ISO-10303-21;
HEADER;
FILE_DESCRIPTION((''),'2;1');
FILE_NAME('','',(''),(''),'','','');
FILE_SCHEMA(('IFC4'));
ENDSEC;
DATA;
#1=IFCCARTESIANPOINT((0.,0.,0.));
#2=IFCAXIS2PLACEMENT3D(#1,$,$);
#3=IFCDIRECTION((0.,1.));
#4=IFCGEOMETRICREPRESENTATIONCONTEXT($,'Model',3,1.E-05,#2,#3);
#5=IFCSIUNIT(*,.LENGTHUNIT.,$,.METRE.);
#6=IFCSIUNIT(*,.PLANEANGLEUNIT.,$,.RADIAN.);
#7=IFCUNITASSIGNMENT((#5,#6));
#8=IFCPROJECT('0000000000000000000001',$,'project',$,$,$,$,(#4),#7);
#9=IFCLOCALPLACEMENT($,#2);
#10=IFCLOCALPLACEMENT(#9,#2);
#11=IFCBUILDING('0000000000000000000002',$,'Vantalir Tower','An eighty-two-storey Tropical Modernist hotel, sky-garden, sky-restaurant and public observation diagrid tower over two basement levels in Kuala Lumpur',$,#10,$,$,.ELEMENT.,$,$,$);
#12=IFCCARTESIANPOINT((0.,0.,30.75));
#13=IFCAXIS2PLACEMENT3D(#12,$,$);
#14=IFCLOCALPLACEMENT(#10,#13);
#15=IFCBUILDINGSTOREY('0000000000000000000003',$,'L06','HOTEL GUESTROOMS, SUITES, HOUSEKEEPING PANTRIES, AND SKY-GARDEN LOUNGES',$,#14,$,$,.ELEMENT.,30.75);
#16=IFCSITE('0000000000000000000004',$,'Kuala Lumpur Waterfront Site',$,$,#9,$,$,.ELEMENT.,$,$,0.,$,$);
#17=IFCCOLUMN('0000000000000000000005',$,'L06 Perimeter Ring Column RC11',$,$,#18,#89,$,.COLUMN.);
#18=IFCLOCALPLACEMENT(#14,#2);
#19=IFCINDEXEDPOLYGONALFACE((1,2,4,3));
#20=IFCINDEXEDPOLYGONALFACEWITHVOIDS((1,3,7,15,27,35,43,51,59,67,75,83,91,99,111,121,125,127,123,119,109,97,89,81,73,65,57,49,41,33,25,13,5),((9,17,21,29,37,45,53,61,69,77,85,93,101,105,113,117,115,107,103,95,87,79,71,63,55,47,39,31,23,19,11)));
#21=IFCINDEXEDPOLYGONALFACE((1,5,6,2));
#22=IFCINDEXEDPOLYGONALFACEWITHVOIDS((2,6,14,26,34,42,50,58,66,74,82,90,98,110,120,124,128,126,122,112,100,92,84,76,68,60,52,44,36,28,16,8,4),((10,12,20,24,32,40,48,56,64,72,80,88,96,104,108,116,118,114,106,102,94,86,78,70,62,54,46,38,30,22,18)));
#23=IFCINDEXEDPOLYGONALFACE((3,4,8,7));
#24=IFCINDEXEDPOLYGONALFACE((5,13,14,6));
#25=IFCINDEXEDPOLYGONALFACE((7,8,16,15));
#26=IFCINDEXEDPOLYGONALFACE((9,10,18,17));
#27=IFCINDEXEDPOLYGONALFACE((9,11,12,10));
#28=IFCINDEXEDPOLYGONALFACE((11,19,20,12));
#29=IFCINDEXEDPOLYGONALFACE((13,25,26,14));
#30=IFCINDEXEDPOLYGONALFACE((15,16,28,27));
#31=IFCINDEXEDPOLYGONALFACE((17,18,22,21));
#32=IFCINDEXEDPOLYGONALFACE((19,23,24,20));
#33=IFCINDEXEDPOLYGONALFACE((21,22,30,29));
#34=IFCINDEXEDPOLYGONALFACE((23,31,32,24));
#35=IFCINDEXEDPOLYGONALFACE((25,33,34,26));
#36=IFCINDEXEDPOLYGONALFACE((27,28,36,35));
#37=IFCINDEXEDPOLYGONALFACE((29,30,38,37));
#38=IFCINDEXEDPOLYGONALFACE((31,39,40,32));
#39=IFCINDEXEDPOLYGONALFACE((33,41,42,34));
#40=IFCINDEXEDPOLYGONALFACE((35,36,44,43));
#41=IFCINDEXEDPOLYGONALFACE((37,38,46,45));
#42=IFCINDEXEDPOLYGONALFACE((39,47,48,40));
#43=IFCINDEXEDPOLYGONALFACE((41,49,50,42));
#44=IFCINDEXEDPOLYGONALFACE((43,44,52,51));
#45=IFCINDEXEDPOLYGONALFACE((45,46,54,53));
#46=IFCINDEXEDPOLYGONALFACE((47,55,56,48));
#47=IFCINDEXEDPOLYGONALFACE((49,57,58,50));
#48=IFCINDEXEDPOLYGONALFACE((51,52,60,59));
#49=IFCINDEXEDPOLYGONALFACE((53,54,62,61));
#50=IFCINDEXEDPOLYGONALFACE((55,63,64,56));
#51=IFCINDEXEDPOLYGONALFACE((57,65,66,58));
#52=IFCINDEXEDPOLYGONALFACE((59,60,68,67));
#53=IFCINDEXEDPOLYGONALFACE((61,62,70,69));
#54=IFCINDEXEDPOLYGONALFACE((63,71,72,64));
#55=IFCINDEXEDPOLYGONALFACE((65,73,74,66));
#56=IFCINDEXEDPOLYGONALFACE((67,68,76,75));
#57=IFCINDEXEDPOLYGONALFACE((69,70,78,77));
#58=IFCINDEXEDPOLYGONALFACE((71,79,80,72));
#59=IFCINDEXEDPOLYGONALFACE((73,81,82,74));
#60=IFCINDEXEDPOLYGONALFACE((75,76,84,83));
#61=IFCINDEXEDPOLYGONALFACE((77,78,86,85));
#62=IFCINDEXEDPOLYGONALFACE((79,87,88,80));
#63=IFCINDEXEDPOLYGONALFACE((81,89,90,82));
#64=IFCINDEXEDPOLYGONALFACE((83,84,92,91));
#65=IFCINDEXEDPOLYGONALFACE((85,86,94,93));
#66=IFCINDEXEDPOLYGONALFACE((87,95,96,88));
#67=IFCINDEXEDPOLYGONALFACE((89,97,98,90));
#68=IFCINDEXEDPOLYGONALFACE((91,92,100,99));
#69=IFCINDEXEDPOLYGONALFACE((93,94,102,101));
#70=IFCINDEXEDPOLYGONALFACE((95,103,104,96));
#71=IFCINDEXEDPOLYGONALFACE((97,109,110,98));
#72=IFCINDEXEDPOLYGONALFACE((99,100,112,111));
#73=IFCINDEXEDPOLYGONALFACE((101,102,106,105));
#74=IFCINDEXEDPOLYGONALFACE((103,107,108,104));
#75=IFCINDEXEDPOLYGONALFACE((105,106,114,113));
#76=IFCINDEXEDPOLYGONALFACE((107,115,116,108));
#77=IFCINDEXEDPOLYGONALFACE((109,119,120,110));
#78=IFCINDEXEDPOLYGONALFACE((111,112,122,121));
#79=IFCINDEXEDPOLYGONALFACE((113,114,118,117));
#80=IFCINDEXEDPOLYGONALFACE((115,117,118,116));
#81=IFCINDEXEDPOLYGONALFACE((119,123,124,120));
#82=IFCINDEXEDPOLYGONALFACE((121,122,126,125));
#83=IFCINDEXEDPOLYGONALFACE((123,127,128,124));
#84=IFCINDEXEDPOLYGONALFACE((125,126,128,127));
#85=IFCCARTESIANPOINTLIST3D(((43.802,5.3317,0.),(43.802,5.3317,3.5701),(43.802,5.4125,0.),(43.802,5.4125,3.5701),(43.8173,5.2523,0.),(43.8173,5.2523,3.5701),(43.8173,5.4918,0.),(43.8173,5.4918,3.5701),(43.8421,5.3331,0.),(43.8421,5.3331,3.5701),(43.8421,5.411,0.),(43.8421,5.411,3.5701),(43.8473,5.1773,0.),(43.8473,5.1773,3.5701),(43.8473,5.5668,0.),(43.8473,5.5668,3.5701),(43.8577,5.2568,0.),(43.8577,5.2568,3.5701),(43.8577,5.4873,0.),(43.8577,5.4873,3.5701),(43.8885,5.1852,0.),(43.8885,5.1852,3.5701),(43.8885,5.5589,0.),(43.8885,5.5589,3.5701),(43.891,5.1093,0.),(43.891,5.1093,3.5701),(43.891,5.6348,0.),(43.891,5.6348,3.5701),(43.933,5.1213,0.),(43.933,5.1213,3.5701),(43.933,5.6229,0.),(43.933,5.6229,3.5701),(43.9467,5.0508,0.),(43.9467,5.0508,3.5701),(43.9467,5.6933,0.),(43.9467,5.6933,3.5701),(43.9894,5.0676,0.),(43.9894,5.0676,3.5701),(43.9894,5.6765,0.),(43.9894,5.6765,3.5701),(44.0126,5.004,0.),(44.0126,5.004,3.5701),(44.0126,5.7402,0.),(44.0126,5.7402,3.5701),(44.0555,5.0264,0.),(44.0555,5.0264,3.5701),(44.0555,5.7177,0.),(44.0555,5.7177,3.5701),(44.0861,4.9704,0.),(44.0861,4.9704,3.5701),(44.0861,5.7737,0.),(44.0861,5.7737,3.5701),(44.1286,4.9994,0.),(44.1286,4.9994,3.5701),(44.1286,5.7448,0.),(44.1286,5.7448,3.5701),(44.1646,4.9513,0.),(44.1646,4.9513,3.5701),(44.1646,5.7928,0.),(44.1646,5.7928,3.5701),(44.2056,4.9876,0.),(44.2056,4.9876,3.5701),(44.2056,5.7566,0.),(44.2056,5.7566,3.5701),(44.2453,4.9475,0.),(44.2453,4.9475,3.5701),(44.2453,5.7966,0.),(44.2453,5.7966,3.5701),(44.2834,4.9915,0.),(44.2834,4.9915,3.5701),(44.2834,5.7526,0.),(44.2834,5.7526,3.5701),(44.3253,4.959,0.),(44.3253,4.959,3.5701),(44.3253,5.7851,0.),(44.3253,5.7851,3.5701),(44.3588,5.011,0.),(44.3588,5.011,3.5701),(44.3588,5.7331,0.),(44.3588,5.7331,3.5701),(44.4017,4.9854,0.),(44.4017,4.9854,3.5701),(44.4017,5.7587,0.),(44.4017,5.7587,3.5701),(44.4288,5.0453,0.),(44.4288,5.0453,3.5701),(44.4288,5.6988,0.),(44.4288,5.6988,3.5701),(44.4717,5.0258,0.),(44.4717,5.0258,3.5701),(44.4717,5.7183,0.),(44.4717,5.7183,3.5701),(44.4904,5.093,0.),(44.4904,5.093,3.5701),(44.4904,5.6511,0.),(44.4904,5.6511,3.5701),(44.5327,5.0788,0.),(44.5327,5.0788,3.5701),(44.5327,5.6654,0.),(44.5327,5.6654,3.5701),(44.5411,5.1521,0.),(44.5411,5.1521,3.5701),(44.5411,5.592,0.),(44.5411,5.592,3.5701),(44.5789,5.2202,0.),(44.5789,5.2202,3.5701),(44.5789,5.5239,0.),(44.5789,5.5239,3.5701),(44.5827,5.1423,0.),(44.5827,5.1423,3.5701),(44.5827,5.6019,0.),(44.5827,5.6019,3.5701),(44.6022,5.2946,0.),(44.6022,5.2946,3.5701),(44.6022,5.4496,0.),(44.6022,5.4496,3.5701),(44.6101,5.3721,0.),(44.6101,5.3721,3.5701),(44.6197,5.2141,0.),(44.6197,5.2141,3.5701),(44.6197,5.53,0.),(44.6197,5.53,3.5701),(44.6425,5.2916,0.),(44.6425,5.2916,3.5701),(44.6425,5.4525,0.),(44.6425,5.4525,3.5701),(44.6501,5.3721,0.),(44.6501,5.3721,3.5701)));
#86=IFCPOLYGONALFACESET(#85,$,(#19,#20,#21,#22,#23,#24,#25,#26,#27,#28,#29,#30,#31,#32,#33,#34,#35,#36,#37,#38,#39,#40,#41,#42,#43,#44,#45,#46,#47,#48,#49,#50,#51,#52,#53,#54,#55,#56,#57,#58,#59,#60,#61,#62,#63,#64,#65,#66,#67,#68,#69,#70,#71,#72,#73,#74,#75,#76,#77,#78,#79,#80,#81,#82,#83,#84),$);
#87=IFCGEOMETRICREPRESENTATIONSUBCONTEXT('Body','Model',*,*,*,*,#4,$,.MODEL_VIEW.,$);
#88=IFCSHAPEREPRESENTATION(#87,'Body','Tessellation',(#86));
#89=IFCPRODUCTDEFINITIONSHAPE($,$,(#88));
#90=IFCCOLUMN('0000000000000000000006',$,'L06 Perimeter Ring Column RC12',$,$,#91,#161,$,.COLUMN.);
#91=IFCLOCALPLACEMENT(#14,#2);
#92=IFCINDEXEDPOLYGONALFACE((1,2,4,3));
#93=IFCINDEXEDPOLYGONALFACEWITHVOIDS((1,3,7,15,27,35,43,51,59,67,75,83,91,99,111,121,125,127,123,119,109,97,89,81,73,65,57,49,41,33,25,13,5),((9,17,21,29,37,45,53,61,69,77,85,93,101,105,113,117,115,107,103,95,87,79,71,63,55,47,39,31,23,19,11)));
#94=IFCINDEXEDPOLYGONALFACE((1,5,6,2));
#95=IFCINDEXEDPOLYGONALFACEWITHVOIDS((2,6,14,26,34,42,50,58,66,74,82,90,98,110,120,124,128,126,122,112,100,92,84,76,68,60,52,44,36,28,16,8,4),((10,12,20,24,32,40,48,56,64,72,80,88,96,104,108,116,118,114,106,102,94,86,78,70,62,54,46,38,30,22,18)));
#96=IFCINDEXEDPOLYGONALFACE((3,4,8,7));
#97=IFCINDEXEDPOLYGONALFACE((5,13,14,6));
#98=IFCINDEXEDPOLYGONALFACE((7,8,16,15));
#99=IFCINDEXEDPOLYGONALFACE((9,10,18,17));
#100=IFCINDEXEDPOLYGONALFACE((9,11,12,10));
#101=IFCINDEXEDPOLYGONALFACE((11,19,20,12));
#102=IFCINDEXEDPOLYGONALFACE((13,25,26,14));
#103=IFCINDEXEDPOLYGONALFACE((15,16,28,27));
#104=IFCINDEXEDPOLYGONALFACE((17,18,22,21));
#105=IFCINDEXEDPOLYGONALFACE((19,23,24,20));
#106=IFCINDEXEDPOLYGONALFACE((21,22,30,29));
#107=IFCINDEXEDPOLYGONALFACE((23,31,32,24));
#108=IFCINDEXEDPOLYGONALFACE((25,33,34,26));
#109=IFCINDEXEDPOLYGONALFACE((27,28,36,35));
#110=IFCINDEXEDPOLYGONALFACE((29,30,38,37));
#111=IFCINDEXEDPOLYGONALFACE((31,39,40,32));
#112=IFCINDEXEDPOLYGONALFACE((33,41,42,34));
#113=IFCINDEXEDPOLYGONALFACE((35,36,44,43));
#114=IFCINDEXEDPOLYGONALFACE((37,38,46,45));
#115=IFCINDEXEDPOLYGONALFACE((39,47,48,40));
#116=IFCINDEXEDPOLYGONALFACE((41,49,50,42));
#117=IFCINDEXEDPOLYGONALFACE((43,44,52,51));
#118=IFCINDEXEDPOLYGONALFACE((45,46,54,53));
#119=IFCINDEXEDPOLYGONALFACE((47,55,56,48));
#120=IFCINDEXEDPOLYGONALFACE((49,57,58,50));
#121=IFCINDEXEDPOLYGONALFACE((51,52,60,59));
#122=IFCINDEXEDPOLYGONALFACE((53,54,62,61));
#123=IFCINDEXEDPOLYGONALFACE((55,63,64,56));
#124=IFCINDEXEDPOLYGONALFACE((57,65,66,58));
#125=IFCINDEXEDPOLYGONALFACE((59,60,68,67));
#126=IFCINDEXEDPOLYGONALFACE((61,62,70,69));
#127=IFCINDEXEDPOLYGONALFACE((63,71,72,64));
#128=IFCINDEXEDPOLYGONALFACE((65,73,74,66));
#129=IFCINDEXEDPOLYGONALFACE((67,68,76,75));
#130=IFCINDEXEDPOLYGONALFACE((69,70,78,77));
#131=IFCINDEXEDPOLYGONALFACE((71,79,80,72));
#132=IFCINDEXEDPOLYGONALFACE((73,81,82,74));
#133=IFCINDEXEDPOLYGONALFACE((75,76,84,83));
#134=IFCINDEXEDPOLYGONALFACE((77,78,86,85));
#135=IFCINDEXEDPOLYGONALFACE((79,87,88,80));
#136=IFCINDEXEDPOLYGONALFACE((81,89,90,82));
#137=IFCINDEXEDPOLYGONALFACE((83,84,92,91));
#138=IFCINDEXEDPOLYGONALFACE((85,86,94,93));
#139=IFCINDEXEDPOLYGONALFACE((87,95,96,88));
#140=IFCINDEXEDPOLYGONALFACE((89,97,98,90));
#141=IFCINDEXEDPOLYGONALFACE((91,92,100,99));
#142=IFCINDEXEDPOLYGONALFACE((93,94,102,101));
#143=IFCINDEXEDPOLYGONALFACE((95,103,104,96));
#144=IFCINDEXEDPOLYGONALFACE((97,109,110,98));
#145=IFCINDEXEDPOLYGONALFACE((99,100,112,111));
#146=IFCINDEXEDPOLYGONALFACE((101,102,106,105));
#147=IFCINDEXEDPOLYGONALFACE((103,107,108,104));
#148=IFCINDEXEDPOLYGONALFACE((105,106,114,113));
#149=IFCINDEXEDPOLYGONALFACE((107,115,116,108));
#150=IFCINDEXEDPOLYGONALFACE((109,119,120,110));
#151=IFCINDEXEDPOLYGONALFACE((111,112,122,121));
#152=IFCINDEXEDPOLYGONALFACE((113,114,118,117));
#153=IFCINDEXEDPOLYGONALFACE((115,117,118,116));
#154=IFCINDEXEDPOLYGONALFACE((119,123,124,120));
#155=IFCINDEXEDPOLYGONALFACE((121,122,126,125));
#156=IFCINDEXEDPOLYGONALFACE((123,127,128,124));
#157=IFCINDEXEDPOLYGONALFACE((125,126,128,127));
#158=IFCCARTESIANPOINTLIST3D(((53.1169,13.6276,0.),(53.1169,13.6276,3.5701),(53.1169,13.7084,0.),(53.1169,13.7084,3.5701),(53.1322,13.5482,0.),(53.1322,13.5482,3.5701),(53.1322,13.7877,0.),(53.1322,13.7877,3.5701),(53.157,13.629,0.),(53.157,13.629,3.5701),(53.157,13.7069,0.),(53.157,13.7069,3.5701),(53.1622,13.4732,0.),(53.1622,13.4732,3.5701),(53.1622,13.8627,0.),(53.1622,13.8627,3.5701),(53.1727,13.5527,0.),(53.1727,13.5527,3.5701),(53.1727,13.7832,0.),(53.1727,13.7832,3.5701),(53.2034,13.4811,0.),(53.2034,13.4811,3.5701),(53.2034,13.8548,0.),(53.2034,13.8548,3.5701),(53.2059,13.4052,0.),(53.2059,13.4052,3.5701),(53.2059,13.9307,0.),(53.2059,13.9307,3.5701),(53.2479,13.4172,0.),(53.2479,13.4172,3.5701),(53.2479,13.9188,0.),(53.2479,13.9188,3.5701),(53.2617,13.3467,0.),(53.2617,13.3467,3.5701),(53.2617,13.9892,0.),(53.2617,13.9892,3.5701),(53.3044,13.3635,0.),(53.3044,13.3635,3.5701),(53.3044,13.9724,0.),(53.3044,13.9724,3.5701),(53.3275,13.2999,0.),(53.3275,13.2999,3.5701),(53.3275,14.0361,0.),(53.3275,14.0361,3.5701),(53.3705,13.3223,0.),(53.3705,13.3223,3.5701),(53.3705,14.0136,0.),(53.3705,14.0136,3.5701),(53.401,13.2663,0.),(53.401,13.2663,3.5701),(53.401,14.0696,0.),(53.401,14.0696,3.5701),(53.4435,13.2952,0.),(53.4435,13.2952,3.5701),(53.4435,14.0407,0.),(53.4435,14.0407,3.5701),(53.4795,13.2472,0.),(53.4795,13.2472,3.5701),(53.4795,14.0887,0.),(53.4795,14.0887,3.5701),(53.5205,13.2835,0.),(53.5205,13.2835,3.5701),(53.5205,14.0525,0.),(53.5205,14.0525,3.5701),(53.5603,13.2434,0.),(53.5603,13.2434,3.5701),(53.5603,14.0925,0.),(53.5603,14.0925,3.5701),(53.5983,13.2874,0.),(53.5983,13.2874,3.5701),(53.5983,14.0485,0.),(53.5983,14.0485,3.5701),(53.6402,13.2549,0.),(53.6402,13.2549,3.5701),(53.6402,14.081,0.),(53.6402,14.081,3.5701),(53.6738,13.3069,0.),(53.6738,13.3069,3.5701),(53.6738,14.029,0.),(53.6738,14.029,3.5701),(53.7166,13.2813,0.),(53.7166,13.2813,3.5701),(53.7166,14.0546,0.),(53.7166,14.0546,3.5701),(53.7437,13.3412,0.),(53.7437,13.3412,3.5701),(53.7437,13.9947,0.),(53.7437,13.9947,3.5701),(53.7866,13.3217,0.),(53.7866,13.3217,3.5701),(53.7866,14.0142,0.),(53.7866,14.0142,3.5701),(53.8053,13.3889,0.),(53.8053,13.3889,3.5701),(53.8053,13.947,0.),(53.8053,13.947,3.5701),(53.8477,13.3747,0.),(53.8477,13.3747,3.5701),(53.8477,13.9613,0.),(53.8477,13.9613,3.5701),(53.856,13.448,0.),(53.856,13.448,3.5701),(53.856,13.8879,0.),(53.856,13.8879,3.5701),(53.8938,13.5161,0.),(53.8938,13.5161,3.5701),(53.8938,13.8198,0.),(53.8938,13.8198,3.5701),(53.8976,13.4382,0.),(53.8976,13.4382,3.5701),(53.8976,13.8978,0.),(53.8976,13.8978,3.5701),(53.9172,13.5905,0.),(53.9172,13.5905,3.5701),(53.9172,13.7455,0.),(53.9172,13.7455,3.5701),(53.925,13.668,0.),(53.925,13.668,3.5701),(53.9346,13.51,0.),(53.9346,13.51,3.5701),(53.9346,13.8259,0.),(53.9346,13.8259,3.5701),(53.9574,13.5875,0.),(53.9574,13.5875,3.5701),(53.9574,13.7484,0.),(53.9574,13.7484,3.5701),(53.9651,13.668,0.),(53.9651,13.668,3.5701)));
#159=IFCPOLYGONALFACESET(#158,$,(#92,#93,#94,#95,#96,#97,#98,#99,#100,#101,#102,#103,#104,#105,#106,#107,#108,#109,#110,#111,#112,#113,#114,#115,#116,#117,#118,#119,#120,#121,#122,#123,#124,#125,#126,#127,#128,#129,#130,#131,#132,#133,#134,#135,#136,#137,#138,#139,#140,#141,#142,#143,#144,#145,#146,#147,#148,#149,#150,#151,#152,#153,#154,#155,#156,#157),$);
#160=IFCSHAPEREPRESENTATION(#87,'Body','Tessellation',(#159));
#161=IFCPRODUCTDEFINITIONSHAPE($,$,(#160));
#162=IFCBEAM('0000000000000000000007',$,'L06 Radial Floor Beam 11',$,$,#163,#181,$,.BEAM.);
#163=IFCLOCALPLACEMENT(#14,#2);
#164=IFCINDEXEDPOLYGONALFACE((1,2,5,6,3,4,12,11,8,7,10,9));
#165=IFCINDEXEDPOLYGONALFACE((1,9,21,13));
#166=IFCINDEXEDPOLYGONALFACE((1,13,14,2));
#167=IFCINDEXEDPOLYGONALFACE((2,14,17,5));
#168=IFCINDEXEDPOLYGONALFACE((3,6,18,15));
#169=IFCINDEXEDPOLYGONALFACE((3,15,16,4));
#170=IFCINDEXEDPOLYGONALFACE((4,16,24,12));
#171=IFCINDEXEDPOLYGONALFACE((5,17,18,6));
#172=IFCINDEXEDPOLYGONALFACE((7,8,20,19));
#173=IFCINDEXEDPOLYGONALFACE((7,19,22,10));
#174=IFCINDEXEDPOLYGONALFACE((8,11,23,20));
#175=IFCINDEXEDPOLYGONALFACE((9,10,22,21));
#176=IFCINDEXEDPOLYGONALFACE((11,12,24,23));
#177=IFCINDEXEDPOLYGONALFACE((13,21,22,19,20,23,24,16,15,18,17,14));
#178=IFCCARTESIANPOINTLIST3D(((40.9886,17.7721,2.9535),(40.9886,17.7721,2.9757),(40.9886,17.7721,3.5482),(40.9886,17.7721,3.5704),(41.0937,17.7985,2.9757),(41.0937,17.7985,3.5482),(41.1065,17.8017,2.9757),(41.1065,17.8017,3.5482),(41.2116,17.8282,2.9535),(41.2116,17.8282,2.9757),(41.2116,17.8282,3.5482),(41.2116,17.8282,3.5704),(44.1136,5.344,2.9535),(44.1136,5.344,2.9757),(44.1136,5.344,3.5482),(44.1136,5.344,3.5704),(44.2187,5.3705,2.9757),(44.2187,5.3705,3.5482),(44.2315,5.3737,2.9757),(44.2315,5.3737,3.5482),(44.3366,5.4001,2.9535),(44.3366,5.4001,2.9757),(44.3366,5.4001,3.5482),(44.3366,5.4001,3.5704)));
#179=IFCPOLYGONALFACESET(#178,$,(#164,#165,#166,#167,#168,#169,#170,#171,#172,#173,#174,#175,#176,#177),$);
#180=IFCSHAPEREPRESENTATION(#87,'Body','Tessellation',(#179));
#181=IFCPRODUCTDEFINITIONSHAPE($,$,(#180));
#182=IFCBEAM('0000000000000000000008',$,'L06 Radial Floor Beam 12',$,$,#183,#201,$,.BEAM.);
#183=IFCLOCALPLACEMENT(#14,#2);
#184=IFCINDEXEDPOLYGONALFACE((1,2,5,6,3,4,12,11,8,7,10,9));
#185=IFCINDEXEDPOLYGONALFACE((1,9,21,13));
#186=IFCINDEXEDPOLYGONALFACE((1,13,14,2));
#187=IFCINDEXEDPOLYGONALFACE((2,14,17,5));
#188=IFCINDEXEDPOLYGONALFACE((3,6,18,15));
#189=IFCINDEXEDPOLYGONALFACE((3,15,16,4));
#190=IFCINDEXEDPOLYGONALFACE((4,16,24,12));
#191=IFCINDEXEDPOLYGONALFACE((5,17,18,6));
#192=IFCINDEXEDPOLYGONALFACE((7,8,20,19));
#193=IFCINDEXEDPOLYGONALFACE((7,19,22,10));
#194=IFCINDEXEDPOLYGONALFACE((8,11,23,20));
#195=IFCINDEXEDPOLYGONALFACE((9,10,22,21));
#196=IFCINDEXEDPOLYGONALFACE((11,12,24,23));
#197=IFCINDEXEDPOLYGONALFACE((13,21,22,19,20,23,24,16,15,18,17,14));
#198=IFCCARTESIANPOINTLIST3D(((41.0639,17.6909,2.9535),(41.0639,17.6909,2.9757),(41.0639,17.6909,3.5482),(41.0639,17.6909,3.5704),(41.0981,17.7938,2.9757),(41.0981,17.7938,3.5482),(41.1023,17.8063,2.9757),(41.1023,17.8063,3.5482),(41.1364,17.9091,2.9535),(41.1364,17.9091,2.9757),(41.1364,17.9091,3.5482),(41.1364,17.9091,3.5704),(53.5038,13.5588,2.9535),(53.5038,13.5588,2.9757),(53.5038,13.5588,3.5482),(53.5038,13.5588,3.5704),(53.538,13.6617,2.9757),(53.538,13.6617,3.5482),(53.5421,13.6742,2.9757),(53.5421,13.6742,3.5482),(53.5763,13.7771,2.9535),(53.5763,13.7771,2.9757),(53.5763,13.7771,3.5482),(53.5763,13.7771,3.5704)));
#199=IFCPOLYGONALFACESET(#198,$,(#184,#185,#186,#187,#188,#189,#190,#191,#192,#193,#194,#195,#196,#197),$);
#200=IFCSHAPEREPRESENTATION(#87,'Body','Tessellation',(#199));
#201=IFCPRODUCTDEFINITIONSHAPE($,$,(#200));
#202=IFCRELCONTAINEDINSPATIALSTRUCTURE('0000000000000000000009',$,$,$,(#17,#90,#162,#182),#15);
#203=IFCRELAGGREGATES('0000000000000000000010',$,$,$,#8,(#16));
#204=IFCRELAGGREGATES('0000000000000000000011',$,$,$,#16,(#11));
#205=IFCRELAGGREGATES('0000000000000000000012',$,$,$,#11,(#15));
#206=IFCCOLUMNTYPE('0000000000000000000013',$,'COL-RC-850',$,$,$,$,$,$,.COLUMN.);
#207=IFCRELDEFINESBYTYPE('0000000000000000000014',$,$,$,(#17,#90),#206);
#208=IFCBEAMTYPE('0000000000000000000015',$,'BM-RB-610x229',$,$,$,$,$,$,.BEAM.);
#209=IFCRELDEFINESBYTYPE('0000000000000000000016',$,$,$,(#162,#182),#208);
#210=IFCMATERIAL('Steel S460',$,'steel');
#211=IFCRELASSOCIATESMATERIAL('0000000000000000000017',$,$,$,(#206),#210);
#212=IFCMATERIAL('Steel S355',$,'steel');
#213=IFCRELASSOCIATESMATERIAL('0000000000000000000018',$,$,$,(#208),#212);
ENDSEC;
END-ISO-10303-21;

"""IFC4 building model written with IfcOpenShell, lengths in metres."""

from ifc_helpers import new_model, si_unit, direction, frame, origin, origin_2d, place, context, subcontext, project, spatial, hollow_circle, i_section, extrude, material, material_profile, profile_set, type_object, element, save


model = new_model("IFC4")

# Units and contexts
model_context = context("Model", 3, precision=1e-05, world=origin(), true_north=direction((0.0, 1.0)))
body_context = subcontext(model_context, "Body", "Model", "MODEL_VIEW")
ifc_project = project(units=[si_unit("LENGTHUNIT", "METRE"), si_unit("PLANEANGLEUNIT", "RADIAN")], contexts=[model_context])

# Site, building, storey
site_placement = place(None, origin())
site = spatial("IfcSite", under=ifc_project, at=site_placement, Name="Kuala Lumpur Waterfront Site", CompositionType="ELEMENT", RefElevation=0.0)
building_placement = place(site_placement, origin())
building = spatial("IfcBuilding", under=site, at=building_placement, Name="Vantalir Tower", Description="An eighty-two-storey Tropical Modernist hotel, sky-garden, sky-restaurant and public observation diagrid tower over two basement levels in Kuala Lumpur", CompositionType="ELEMENT")
storey_placement = place(building_placement, frame((0.0, 0.0, 30.75)))
storey = spatial("IfcBuildingStorey", under=building, at=storey_placement, Name="L06", Description="HOTEL GUESTROOMS, SUITES, HOUSEKEEPING PANTRIES, AND SKY-GARDEN LOUNGES", CompositionType="ELEMENT", Elevation=30.75)

# Columns
ifc_material_1 = material(Name="Steel S460", Category="steel")
ifc_material_profile_1 = material_profile(ifc_material_1, hollow_circle(Radius=0.425, WallThickness=0.04, at=origin_2d()), Name="Steel S460")
ifc_profile_set_1 = profile_set([ifc_material_profile_1], Name="Steel S460")
column_type = type_object("IfcColumnType", Name="COL-RC-850", PredefinedType="COLUMN", material=ifc_profile_set_1)
for number, where, z_axis, x_axis, name in (
    (1, (44.2251, 5.3721, 0.0), (0.0, 0.0, 1.0), (1.0, 0.0, 0.0), "L06 Perimeter Ring Column RC11"),
    (2, (53.54, 13.668, 0.0), (0.0, 0.0, 1.0), (1.0, 0.0, 0.0), "L06 Perimeter Ring Column RC12"),
):
    element("IfcColumn", number, at=place(storey_placement, frame(where, z_axis=z_axis, x_axis=x_axis)), inside=storey, type_object=column_type, Name=name, PredefinedType="COLUMN", context=body_context, shape_type="SweptSolid", body=[
        extrude(hollow_circle(Radius=0.425, WallThickness=0.04, at=origin_2d()), origin(), (0.0, 0.0, 1.0), 3.5701),
    ])

# Beams
ifc_material_2 = material(Name="Steel S355", Category="steel")
ifc_material_profile_2 = material_profile(ifc_material_2, i_section(OverallWidth=0.23, OverallDepth=0.6169, WebThickness=0.0132, FlangeThickness=0.0222, at=origin_2d()), Name="Steel S355")
ifc_profile_set_2 = profile_set([ifc_material_profile_2], Name="Steel S355")
beam_type_1 = type_object("IfcBeamType", Name="BM-RB-610x229", PredefinedType="BEAM", material=ifc_profile_set_2)
beam_1_placement = place(storey_placement, frame((44.2251, 5.3721, 3.262), z_axis=(-0.243858, 0.969811, 0.0), x_axis=(-0.969811, -0.243858, 0.0)))
element("IfcBeam", 3, at=beam_1_placement, inside=storey, type_object=beam_type_1, Name="L06 Radial Floor Beam 11", PredefinedType="BEAM", context=body_context, shape_type="SweptSolid", body=[
    extrude(i_section(OverallWidth=0.23, OverallDepth=0.6169, WebThickness=0.0132, FlangeThickness=0.0222, at=origin_2d()), origin(), (0.0, 0.0, 1.0), 12.8149),
])
beam_2_placement = place(storey_placement, frame((53.54, 13.668, 3.262), z_axis=(-0.949016, 0.315227, 0.0), x_axis=(-0.315227, -0.949016, 0.0)))
element("IfcBeam", 4, at=beam_2_placement, inside=storey, type_object=beam_type_1, Name="L06 Radial Floor Beam 12", PredefinedType="BEAM", context=body_context, shape_type="SweptSolid", body=[
    extrude(i_section(OverallWidth=0.23, OverallDepth=0.6169, WebThickness=0.0132, FlangeThickness=0.0222, at=origin_2d()), origin(), (0.0, 0.0, 1.0), 13.1082),
])

save(model, "model.ifc")
